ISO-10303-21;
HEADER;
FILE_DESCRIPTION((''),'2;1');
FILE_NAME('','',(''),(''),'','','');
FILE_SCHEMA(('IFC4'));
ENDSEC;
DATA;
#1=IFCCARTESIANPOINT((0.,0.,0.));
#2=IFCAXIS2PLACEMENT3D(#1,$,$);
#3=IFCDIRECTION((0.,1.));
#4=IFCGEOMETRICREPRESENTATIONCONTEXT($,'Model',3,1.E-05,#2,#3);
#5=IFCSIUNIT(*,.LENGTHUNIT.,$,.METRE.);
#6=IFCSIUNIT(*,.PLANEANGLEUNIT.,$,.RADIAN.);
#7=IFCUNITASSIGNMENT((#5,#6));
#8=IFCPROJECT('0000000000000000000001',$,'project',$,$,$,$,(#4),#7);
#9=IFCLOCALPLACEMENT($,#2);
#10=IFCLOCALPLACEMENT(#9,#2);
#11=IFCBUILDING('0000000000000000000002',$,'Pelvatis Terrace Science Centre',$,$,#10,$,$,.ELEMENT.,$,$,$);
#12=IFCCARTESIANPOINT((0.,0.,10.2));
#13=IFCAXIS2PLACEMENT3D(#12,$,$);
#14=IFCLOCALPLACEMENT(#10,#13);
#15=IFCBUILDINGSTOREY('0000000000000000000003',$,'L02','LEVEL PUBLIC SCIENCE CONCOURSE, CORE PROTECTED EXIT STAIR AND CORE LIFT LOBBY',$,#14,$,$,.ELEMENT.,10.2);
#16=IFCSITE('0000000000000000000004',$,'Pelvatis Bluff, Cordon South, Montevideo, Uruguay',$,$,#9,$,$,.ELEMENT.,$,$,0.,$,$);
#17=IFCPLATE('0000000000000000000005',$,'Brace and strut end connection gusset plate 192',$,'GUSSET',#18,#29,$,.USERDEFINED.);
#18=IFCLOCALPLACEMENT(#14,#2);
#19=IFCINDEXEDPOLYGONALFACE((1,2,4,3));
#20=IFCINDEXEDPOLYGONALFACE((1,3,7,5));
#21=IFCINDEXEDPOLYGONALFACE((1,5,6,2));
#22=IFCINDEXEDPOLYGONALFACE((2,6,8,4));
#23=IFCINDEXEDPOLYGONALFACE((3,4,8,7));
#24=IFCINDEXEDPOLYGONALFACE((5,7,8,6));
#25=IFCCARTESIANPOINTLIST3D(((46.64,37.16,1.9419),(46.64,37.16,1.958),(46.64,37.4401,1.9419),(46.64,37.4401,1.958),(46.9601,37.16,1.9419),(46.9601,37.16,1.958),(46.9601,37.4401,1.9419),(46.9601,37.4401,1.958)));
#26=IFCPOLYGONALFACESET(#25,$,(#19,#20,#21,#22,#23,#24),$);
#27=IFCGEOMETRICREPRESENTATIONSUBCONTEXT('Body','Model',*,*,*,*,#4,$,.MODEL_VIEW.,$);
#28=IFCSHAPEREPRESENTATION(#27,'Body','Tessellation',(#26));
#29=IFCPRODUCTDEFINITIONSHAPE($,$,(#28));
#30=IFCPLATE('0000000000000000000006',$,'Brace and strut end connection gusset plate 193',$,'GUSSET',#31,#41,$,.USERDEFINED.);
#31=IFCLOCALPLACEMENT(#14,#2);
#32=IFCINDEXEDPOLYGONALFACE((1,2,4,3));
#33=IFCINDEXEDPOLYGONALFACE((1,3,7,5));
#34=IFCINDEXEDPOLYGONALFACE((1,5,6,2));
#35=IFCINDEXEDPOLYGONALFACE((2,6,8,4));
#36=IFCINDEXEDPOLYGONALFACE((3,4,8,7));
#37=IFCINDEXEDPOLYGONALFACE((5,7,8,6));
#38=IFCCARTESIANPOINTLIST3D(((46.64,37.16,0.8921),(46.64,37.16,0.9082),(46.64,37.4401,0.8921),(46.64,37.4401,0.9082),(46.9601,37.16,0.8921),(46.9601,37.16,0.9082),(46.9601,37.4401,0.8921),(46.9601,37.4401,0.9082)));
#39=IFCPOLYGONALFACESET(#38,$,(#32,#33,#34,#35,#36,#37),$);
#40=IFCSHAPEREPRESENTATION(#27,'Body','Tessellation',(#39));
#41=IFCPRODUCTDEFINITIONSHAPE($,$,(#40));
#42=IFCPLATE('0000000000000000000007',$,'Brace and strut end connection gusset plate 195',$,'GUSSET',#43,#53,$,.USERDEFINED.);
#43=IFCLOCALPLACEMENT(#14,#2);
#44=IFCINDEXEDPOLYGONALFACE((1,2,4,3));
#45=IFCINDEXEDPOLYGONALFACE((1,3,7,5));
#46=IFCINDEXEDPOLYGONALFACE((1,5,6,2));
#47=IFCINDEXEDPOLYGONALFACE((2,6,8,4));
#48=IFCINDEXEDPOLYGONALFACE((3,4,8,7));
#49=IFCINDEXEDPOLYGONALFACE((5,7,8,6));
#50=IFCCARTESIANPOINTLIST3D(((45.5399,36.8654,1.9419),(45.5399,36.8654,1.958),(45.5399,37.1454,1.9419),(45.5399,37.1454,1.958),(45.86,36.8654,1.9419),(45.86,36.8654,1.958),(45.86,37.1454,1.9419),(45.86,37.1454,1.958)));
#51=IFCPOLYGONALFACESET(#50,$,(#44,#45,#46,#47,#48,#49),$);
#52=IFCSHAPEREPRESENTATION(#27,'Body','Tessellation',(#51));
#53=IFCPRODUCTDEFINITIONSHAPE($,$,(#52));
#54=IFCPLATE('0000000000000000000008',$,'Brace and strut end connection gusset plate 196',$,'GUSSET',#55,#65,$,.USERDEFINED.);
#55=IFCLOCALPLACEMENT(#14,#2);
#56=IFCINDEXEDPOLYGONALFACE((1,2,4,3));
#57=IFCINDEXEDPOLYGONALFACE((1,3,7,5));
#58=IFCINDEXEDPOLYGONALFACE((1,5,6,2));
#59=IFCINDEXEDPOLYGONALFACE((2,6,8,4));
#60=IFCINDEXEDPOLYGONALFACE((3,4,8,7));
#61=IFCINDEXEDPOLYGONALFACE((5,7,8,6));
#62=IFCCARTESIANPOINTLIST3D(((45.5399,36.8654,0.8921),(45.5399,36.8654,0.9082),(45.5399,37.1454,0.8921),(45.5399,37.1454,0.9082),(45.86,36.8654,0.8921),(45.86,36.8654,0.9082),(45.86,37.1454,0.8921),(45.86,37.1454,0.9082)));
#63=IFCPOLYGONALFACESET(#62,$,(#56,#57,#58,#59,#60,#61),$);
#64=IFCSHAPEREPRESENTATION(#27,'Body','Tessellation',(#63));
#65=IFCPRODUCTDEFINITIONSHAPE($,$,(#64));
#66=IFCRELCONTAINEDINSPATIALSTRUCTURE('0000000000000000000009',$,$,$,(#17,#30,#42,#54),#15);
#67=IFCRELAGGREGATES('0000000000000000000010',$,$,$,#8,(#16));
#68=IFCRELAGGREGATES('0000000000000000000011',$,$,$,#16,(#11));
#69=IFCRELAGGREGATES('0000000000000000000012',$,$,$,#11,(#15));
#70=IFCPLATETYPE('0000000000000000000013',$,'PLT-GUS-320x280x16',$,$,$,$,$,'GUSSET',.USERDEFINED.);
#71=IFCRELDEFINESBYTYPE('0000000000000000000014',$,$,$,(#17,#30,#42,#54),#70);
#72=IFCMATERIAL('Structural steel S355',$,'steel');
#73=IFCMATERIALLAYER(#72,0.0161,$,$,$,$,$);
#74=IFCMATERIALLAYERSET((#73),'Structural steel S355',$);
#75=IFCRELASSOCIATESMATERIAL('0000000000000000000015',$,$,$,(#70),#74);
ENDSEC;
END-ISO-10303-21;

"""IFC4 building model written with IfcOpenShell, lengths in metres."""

from ifc_helpers import new_model, si_unit, direction, frame, origin, origin_2d, place, context, subcontext, project, spatial, rectangle, extrude, material, layer, layer_set, type_object, element, save


model = new_model("IFC4")

# Units and contexts
model_context = context("Model", 3, precision=1e-05, world=origin(), true_north=direction((0.0, 1.0)))
body_context = subcontext(model_context, "Body", "Model", "MODEL_VIEW")
ifc_project = project(units=[si_unit("LENGTHUNIT", "METRE"), si_unit("PLANEANGLEUNIT", "RADIAN")], contexts=[model_context])

# Site, building, storey
site_placement = place(None, origin())
site = spatial("IfcSite", under=ifc_project, at=site_placement, Name="Pelvatis Bluff, Cordon South, Montevideo, Uruguay", CompositionType="ELEMENT", RefElevation=0.0)
building_placement = place(site_placement, origin())
building = spatial("IfcBuilding", under=site, at=building_placement, Name="Pelvatis Terrace Science Centre", CompositionType="ELEMENT")
storey_placement = place(building_placement, frame((0.0, 0.0, 10.2)))
storey = spatial("IfcBuildingStorey", under=building, at=storey_placement, Name="L02", Description="LEVEL PUBLIC SCIENCE CONCOURSE, CORE PROTECTED EXIT STAIR AND CORE LIFT LOBBY", CompositionType="ELEMENT", Elevation=10.2)

# Plates
ifc_material_1 = material(Name="Structural steel S355", Category="steel")
ifc_layer = layer(ifc_material_1, 0.0161)
ifc_layer_set = layer_set([ifc_layer], Name="Structural steel S355")
plate_type = type_object("IfcPlateType", Name="PLT-GUS-320x280x16", ElementType="GUSSET", PredefinedType="USERDEFINED", material=ifc_layer_set)
for number, where, z_axis, x_axis, name in (
    (1, (46.8, 37.3, 1.9419), (0.0, 0.0, 1.0), (1.0, 0.0, 0.0), "Brace and strut end connection gusset plate 192"),
    (2, (46.8, 37.3, 0.8921), (0.0, 0.0, 1.0), (1.0, 0.0, 0.0), "Brace and strut end connection gusset plate 193"),
    (3, (45.7, 37.0054, 1.9419), (0.0, 0.0, 1.0), (1.0, 0.0, 0.0), "Brace and strut end connection gusset plate 195"),
    (4, (45.7, 37.0054, 0.8921), (0.0, 0.0, 1.0), (1.0, 0.0, 0.0), "Brace and strut end connection gusset plate 196"),
):
    element("IfcPlate", number, at=place(storey_placement, frame(where, z_axis=z_axis, x_axis=x_axis)), inside=storey, type_object=plate_type, Name=name, ObjectType="GUSSET", PredefinedType="USERDEFINED", context=body_context, shape_type="SweptSolid", body=[
        extrude(rectangle(XDim=0.3201, YDim=0.28, at=origin_2d()), origin(), (0.0, 0.0, 1.0), 0.0161),
    ])

save(model, "model.ifc")
